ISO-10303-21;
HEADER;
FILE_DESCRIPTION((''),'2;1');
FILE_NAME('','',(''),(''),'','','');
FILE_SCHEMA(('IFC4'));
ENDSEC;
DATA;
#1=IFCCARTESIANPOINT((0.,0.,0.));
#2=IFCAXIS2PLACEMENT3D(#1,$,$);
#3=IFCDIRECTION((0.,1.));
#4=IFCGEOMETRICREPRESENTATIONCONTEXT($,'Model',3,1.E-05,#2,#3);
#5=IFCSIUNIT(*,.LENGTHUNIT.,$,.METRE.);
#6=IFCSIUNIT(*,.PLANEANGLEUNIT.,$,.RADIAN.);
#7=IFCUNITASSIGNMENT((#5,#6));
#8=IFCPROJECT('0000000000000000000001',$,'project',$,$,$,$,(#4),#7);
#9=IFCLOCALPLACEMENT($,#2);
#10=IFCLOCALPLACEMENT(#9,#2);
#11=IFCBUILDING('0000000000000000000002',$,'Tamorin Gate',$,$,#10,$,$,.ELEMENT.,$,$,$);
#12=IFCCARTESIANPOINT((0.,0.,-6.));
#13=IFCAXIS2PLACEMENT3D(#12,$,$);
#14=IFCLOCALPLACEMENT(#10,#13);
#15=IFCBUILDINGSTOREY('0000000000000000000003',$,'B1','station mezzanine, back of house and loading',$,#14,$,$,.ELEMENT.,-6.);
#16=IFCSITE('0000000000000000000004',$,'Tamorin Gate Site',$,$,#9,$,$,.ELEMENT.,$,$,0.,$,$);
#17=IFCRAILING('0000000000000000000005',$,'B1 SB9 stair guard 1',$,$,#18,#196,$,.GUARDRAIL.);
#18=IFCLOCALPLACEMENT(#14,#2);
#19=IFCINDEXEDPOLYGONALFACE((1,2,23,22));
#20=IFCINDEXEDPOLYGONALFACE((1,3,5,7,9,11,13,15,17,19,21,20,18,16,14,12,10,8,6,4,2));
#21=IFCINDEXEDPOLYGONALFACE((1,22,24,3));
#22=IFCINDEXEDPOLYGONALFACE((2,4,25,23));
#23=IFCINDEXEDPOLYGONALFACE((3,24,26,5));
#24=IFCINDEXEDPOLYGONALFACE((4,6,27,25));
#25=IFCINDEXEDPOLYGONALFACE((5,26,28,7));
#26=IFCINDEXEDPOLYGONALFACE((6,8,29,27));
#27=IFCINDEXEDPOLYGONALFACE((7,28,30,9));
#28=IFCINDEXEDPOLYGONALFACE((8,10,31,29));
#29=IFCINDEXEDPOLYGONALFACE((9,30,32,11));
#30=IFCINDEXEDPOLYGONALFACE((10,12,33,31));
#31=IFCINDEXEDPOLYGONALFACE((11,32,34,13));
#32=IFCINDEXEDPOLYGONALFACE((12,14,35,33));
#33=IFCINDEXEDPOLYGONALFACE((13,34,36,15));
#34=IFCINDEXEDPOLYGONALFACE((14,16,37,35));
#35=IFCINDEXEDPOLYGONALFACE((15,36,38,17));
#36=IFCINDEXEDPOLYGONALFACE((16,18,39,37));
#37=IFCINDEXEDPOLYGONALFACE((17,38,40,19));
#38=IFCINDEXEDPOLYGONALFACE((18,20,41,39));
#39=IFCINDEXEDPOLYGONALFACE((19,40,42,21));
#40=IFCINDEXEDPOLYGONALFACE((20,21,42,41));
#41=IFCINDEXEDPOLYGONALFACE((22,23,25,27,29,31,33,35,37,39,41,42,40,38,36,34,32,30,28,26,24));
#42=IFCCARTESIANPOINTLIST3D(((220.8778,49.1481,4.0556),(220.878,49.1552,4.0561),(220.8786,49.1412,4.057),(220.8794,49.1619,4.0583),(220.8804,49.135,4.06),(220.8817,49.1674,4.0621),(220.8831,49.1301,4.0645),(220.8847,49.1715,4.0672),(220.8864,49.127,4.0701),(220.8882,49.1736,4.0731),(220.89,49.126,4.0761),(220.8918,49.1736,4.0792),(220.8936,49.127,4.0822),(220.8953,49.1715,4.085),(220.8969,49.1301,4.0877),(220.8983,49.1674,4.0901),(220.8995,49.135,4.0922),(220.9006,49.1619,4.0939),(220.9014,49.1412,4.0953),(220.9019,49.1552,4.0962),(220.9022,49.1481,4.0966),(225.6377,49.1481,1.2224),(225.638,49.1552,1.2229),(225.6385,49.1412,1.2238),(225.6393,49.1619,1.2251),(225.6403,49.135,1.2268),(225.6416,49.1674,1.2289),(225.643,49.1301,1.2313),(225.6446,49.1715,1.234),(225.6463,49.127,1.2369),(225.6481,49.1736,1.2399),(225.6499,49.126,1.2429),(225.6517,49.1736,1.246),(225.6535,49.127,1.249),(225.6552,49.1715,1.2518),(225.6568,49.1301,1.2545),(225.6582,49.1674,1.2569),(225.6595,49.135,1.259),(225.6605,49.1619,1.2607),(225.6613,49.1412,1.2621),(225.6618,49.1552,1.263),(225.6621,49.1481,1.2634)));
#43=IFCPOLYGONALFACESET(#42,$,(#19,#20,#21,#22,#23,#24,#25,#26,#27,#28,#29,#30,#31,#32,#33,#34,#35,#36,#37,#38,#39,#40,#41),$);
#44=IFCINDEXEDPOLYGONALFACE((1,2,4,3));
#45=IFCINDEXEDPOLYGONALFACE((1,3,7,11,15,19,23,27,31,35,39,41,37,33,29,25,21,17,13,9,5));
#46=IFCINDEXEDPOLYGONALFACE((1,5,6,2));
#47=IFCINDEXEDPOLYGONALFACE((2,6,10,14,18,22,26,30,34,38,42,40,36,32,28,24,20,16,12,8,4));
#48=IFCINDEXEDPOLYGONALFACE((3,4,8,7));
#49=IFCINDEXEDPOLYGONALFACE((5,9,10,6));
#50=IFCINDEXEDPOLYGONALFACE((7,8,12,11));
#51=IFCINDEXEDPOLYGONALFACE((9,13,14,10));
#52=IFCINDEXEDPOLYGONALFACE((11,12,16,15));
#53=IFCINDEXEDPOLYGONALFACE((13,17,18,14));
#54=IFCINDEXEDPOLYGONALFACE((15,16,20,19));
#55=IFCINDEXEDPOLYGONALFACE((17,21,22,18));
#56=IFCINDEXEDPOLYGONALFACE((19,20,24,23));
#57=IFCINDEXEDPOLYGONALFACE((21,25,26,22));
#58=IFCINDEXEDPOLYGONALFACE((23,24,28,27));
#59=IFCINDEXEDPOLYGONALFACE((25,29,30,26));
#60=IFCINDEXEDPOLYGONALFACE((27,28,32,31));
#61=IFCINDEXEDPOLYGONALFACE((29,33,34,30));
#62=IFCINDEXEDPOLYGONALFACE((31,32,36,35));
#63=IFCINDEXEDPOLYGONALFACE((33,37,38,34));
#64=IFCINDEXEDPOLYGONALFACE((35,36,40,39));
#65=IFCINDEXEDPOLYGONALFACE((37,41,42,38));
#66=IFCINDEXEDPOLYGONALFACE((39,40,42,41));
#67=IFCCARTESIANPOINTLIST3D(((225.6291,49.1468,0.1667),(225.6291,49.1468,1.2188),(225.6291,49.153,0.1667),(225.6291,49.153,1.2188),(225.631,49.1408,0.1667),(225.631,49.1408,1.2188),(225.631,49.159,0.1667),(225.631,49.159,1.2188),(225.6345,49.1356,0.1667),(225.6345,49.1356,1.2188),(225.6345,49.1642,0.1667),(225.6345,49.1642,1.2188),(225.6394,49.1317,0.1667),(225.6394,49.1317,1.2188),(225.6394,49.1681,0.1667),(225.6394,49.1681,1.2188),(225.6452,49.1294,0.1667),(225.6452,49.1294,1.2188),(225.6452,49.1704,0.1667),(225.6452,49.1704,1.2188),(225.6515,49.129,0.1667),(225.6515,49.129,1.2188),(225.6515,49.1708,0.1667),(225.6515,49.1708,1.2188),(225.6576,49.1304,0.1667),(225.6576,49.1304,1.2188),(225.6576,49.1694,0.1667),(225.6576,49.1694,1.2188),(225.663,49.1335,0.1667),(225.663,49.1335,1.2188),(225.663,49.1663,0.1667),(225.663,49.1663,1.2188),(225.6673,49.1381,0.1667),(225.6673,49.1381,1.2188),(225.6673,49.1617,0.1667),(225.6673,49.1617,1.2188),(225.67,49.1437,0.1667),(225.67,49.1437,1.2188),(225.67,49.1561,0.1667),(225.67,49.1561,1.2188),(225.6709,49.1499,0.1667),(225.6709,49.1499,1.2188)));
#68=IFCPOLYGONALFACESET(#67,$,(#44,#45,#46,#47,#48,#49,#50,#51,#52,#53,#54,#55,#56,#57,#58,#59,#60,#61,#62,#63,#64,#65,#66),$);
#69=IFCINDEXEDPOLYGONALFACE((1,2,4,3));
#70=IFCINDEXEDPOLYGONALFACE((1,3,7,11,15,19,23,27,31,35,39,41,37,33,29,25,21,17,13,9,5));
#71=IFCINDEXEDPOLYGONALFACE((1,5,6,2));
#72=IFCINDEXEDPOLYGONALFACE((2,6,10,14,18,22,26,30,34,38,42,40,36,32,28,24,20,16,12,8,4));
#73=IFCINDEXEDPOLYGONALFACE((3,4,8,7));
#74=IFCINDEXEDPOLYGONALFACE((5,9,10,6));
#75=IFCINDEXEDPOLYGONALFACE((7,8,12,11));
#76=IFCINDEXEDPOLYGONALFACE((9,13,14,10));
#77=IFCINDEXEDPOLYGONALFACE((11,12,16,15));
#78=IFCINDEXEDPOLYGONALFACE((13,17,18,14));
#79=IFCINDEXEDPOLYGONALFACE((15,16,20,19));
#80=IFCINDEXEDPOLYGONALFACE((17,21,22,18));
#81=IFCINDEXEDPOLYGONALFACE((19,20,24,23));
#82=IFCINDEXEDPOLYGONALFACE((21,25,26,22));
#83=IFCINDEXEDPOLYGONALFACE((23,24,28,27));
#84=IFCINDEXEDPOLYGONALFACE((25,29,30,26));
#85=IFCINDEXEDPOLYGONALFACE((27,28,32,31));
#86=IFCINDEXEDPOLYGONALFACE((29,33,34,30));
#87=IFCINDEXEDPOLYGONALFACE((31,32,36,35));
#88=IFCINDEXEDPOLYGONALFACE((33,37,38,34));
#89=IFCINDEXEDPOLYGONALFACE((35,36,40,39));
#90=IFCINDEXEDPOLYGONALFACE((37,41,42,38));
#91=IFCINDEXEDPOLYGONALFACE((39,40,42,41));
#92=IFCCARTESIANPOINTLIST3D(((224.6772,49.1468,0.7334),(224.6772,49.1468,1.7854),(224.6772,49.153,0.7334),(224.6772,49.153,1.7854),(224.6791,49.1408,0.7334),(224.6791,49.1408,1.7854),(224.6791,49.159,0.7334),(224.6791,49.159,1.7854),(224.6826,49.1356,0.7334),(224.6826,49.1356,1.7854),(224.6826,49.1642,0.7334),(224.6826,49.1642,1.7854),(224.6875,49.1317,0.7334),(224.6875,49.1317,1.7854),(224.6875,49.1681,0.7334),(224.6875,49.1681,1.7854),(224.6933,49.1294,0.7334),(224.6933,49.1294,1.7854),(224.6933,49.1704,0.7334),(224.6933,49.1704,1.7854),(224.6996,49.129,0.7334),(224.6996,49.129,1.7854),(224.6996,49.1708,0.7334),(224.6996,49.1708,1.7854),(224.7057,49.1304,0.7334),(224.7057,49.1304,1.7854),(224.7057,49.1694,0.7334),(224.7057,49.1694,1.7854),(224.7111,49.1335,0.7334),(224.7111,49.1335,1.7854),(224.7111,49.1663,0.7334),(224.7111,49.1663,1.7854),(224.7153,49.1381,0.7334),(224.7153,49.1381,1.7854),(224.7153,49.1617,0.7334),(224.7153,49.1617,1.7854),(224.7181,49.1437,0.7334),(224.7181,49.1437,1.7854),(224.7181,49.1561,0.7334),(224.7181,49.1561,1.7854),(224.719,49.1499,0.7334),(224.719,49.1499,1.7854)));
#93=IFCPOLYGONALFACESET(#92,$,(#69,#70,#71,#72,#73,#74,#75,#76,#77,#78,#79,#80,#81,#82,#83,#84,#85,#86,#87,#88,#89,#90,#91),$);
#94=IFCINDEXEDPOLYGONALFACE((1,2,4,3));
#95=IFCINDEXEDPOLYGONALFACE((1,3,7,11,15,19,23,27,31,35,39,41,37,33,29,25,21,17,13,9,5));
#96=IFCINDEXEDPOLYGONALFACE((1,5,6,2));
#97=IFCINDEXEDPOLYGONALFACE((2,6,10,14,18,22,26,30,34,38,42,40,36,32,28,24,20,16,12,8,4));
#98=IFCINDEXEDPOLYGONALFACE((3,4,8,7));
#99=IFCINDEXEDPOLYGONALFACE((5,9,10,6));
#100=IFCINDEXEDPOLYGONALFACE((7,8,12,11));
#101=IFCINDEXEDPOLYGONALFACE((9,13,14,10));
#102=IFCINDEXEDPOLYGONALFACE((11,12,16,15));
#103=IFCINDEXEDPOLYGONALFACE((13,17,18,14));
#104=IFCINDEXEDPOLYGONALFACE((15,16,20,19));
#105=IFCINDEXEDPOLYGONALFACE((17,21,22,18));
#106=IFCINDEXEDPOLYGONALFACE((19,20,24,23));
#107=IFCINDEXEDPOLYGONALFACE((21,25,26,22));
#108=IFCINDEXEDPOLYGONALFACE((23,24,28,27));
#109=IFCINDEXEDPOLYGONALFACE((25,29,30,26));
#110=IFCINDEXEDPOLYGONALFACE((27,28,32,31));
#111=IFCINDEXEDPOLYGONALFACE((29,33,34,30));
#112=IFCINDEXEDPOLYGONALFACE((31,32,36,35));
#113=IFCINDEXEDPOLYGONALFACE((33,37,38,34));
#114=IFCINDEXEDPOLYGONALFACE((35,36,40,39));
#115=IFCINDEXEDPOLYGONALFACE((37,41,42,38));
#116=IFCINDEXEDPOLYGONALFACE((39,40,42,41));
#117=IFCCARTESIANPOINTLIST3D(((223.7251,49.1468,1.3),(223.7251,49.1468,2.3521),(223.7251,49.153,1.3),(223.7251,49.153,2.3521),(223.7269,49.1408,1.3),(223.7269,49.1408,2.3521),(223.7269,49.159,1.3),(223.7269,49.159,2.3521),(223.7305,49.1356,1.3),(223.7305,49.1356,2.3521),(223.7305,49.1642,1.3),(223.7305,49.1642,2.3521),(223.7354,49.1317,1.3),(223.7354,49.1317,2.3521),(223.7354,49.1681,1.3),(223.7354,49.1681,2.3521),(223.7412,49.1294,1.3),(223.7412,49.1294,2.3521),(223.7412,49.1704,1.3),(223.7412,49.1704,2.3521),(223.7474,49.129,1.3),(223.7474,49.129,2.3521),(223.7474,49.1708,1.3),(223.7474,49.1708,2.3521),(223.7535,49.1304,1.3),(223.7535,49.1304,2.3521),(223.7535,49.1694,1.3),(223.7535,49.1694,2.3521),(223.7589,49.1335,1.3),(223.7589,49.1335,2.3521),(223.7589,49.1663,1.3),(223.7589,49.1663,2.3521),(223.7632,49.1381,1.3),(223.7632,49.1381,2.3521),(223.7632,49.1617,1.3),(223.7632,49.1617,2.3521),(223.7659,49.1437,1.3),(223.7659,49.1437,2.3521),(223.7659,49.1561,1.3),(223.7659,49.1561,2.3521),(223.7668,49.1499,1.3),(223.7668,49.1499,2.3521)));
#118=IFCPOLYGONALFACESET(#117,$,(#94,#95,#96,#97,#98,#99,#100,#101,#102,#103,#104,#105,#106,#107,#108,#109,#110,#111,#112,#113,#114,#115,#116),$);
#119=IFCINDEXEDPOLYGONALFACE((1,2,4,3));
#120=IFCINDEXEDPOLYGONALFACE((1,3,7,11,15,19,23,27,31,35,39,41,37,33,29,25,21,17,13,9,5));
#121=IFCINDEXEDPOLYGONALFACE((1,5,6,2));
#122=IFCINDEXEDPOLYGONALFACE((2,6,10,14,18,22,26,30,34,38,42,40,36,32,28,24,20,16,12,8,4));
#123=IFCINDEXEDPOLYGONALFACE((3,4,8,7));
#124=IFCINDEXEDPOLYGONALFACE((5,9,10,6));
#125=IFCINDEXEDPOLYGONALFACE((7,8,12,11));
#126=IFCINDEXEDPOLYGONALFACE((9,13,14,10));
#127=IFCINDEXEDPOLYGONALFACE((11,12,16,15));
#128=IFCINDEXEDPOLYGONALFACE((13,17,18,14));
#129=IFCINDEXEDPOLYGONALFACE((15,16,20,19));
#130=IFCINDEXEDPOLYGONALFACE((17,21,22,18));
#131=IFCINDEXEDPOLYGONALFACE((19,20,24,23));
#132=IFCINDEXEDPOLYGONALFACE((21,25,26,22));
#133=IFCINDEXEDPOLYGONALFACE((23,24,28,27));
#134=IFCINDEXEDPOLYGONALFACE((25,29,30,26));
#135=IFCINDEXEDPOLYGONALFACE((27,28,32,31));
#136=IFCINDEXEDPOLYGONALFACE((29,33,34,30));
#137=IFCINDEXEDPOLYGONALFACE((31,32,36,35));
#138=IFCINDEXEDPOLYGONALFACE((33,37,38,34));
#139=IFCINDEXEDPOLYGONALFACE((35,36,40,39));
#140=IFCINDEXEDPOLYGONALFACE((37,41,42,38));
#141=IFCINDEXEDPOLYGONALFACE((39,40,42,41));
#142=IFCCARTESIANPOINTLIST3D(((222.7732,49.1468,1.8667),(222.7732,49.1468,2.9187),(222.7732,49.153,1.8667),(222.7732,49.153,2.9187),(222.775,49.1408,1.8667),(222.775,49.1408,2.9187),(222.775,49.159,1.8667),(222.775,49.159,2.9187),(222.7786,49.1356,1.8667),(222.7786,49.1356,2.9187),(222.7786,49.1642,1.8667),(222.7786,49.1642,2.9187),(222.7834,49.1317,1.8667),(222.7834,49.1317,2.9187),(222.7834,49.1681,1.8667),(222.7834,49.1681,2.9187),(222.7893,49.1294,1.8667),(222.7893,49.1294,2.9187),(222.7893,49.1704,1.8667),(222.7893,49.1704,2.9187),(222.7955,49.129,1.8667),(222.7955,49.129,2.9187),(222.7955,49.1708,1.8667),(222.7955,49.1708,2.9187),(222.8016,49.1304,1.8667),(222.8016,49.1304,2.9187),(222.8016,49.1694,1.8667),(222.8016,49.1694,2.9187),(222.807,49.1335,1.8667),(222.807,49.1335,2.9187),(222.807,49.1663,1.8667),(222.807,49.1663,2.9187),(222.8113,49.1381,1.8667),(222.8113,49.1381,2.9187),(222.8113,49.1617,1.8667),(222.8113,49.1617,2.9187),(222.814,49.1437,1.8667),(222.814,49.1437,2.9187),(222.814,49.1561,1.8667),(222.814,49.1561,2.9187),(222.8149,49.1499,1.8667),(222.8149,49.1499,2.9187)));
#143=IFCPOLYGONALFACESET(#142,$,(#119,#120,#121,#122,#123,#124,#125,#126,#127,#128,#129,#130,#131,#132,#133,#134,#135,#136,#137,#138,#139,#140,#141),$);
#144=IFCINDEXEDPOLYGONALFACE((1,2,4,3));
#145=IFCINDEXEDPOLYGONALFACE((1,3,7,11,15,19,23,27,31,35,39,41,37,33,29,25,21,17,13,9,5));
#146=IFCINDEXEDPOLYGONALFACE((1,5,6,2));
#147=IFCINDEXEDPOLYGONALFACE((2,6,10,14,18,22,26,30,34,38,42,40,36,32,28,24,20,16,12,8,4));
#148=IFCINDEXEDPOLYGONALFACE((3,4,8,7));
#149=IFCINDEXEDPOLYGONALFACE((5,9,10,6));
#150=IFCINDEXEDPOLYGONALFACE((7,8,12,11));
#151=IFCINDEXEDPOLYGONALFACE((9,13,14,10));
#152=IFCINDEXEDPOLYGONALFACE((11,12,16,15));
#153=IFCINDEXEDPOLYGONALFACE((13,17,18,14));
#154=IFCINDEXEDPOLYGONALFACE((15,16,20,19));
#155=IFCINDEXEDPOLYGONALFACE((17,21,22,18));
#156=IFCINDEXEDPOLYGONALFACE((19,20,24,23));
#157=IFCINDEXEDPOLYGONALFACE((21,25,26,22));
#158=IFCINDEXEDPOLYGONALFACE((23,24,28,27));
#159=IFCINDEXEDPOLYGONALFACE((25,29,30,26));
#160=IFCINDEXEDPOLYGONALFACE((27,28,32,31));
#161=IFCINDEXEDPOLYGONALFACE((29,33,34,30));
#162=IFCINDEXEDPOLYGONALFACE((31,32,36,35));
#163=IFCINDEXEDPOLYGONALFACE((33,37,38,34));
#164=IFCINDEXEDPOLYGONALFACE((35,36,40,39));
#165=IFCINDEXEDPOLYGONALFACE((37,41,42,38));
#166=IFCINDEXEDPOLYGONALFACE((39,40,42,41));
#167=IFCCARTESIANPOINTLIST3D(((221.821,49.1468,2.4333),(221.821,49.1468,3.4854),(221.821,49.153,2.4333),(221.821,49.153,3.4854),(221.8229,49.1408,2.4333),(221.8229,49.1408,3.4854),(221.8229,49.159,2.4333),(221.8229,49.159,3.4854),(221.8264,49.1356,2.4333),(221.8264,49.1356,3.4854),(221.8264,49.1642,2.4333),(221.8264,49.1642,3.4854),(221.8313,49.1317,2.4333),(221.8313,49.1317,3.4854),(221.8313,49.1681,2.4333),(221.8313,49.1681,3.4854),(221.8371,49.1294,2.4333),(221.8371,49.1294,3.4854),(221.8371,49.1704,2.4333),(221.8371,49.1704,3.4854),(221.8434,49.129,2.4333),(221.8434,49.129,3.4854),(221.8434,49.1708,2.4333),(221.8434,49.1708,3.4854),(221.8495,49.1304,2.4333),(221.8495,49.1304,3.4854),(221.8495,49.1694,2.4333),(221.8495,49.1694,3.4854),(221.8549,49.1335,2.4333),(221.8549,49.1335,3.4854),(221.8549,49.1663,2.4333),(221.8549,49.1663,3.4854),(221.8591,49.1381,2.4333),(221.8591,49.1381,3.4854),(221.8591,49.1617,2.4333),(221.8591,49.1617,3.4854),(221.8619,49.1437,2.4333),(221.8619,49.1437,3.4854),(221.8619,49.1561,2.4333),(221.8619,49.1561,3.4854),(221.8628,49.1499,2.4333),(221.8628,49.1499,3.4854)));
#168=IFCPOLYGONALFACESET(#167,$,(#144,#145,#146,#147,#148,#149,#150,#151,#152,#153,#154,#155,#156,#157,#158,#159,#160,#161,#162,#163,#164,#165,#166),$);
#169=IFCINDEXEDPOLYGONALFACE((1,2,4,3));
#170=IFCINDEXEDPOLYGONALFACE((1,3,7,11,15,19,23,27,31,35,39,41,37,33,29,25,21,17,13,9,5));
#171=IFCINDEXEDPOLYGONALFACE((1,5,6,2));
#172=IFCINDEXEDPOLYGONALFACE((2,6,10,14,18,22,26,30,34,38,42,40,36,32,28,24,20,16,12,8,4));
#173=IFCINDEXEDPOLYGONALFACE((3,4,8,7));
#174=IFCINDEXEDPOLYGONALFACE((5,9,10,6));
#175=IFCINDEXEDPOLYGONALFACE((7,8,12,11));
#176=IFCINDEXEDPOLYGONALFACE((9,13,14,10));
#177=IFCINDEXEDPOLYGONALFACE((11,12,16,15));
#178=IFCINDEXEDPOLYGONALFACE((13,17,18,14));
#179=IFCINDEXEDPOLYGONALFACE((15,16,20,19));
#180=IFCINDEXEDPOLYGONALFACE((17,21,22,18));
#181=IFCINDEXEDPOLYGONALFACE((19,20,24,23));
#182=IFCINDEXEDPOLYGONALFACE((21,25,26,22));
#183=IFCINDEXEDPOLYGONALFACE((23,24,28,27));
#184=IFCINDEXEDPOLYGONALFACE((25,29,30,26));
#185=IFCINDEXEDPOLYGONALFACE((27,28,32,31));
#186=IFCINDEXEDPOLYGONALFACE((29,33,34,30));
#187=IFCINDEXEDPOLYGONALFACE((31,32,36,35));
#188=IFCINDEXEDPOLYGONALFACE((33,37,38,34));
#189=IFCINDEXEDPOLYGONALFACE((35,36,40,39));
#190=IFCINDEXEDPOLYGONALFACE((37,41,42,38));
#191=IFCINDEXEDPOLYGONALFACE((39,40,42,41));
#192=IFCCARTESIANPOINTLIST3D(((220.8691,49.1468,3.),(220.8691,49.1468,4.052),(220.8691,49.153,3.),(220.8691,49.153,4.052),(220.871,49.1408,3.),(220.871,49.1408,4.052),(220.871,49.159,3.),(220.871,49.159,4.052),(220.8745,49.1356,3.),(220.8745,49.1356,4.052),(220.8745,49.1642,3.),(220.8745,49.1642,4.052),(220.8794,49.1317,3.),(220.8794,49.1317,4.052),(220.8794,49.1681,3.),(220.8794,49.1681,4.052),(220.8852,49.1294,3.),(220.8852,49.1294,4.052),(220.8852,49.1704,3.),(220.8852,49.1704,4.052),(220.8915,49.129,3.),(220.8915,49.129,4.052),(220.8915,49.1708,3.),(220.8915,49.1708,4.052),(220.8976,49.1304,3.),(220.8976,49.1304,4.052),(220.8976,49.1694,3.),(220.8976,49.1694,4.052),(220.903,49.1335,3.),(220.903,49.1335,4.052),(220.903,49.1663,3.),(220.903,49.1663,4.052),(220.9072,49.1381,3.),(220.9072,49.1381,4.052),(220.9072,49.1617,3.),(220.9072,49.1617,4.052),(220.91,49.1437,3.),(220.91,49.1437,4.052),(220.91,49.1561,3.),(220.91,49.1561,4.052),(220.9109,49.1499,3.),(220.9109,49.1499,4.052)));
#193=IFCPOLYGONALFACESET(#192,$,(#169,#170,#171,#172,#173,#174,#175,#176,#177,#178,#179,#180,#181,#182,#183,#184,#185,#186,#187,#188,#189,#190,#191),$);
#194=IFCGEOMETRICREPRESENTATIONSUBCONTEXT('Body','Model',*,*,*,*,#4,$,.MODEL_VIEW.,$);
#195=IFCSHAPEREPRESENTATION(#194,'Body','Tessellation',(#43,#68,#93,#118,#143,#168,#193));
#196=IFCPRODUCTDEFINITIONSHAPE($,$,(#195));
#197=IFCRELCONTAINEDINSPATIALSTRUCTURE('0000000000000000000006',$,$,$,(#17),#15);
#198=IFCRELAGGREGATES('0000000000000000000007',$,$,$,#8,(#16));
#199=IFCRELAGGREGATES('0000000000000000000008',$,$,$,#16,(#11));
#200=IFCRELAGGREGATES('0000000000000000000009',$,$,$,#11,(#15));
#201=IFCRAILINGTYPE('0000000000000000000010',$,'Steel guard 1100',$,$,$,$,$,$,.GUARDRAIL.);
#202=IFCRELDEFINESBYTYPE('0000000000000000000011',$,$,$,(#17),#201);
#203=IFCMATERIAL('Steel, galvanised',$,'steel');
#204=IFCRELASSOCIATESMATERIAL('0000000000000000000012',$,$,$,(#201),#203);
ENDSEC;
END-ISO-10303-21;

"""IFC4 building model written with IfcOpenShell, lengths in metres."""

from ifc_helpers import new_model, si_unit, direction, frame, origin, origin_2d, place, context, subcontext, project, spatial, circle, extrude, material, type_object, element, save


model = new_model("IFC4")

# Units and contexts
model_context = context("Model", 3, precision=1e-05, world=origin(), true_north=direction((0.0, 1.0)))
body_context = subcontext(model_context, "Body", "Model", "MODEL_VIEW")
ifc_project = project(units=[si_unit("LENGTHUNIT", "METRE"), si_unit("PLANEANGLEUNIT", "RADIAN")], contexts=[model_context])

# Site, building, storey
site_placement = place(None, origin())
site = spatial("IfcSite", under=ifc_project, at=site_placement, Name="Tamorin Gate Site", CompositionType="ELEMENT", RefElevation=0.0)
building_placement = place(site_placement, origin())
building = spatial("IfcBuilding", under=site, at=building_placement, Name="Tamorin Gate", CompositionType="ELEMENT")
storey_placement = place(building_placement, frame((0.0, 0.0, -6.0)))
storey = spatial("IfcBuildingStorey", under=building, at=storey_placement, Name="B1", Description="station mezzanine, back of house and loading", CompositionType="ELEMENT", Elevation=-6.0)

# Railing
ifc_material_1 = material(Name="Steel, galvanised", Category="steel")
railing_type_1 = type_object("IfcRailingType", Name="Steel guard 1100", PredefinedType="GUARDRAIL", material=ifc_material_1)
railing_1_placement = place(storey_placement, frame((225.6499, 49.1499, 0.1667)))
element("IfcRailing", 1, at=railing_1_placement, inside=storey, type_object=railing_type_1, Name="B1 SB9 stair guard 1", PredefinedType="GUARDRAIL", context=body_context, shape_type="SweptSolid", body=[
    extrude(circle(Radius=0.0239, at=origin_2d()), frame((0.0, 0.0, 1.0762), z_axis=(-0.8593, 0.0, 0.511472), x_axis=(0.0, -1.0, 0.0)), (0.0, 0.0, 1.0), 5.5393),
    extrude(circle(Radius=0.021, at=origin_2d()), origin(), (0.0, 0.0, 1.0), 1.052),
    extrude(circle(Radius=0.021, at=origin_2d()), frame((-0.9519, 0.0, 0.5667)), (0.0, 0.0, 1.0), 1.052),
    extrude(circle(Radius=0.021, at=origin_2d()), frame((-1.9041, 0.0, 1.1333)), (0.0, 0.0, 1.0), 1.052),
    extrude(circle(Radius=0.021, at=origin_2d()), frame((-2.856, 0.0, 1.7)), (0.0, 0.0, 1.0), 1.052),
    extrude(circle(Radius=0.021, at=origin_2d()), frame((-3.8081, 0.0, 2.2666)), (0.0, 0.0, 1.0), 1.052),
    extrude(circle(Radius=0.021, at=origin_2d()), frame((-4.76, 0.0, 2.8333)), (0.0, 0.0, 1.0), 1.052),
])

save(model, "model.ifc")
